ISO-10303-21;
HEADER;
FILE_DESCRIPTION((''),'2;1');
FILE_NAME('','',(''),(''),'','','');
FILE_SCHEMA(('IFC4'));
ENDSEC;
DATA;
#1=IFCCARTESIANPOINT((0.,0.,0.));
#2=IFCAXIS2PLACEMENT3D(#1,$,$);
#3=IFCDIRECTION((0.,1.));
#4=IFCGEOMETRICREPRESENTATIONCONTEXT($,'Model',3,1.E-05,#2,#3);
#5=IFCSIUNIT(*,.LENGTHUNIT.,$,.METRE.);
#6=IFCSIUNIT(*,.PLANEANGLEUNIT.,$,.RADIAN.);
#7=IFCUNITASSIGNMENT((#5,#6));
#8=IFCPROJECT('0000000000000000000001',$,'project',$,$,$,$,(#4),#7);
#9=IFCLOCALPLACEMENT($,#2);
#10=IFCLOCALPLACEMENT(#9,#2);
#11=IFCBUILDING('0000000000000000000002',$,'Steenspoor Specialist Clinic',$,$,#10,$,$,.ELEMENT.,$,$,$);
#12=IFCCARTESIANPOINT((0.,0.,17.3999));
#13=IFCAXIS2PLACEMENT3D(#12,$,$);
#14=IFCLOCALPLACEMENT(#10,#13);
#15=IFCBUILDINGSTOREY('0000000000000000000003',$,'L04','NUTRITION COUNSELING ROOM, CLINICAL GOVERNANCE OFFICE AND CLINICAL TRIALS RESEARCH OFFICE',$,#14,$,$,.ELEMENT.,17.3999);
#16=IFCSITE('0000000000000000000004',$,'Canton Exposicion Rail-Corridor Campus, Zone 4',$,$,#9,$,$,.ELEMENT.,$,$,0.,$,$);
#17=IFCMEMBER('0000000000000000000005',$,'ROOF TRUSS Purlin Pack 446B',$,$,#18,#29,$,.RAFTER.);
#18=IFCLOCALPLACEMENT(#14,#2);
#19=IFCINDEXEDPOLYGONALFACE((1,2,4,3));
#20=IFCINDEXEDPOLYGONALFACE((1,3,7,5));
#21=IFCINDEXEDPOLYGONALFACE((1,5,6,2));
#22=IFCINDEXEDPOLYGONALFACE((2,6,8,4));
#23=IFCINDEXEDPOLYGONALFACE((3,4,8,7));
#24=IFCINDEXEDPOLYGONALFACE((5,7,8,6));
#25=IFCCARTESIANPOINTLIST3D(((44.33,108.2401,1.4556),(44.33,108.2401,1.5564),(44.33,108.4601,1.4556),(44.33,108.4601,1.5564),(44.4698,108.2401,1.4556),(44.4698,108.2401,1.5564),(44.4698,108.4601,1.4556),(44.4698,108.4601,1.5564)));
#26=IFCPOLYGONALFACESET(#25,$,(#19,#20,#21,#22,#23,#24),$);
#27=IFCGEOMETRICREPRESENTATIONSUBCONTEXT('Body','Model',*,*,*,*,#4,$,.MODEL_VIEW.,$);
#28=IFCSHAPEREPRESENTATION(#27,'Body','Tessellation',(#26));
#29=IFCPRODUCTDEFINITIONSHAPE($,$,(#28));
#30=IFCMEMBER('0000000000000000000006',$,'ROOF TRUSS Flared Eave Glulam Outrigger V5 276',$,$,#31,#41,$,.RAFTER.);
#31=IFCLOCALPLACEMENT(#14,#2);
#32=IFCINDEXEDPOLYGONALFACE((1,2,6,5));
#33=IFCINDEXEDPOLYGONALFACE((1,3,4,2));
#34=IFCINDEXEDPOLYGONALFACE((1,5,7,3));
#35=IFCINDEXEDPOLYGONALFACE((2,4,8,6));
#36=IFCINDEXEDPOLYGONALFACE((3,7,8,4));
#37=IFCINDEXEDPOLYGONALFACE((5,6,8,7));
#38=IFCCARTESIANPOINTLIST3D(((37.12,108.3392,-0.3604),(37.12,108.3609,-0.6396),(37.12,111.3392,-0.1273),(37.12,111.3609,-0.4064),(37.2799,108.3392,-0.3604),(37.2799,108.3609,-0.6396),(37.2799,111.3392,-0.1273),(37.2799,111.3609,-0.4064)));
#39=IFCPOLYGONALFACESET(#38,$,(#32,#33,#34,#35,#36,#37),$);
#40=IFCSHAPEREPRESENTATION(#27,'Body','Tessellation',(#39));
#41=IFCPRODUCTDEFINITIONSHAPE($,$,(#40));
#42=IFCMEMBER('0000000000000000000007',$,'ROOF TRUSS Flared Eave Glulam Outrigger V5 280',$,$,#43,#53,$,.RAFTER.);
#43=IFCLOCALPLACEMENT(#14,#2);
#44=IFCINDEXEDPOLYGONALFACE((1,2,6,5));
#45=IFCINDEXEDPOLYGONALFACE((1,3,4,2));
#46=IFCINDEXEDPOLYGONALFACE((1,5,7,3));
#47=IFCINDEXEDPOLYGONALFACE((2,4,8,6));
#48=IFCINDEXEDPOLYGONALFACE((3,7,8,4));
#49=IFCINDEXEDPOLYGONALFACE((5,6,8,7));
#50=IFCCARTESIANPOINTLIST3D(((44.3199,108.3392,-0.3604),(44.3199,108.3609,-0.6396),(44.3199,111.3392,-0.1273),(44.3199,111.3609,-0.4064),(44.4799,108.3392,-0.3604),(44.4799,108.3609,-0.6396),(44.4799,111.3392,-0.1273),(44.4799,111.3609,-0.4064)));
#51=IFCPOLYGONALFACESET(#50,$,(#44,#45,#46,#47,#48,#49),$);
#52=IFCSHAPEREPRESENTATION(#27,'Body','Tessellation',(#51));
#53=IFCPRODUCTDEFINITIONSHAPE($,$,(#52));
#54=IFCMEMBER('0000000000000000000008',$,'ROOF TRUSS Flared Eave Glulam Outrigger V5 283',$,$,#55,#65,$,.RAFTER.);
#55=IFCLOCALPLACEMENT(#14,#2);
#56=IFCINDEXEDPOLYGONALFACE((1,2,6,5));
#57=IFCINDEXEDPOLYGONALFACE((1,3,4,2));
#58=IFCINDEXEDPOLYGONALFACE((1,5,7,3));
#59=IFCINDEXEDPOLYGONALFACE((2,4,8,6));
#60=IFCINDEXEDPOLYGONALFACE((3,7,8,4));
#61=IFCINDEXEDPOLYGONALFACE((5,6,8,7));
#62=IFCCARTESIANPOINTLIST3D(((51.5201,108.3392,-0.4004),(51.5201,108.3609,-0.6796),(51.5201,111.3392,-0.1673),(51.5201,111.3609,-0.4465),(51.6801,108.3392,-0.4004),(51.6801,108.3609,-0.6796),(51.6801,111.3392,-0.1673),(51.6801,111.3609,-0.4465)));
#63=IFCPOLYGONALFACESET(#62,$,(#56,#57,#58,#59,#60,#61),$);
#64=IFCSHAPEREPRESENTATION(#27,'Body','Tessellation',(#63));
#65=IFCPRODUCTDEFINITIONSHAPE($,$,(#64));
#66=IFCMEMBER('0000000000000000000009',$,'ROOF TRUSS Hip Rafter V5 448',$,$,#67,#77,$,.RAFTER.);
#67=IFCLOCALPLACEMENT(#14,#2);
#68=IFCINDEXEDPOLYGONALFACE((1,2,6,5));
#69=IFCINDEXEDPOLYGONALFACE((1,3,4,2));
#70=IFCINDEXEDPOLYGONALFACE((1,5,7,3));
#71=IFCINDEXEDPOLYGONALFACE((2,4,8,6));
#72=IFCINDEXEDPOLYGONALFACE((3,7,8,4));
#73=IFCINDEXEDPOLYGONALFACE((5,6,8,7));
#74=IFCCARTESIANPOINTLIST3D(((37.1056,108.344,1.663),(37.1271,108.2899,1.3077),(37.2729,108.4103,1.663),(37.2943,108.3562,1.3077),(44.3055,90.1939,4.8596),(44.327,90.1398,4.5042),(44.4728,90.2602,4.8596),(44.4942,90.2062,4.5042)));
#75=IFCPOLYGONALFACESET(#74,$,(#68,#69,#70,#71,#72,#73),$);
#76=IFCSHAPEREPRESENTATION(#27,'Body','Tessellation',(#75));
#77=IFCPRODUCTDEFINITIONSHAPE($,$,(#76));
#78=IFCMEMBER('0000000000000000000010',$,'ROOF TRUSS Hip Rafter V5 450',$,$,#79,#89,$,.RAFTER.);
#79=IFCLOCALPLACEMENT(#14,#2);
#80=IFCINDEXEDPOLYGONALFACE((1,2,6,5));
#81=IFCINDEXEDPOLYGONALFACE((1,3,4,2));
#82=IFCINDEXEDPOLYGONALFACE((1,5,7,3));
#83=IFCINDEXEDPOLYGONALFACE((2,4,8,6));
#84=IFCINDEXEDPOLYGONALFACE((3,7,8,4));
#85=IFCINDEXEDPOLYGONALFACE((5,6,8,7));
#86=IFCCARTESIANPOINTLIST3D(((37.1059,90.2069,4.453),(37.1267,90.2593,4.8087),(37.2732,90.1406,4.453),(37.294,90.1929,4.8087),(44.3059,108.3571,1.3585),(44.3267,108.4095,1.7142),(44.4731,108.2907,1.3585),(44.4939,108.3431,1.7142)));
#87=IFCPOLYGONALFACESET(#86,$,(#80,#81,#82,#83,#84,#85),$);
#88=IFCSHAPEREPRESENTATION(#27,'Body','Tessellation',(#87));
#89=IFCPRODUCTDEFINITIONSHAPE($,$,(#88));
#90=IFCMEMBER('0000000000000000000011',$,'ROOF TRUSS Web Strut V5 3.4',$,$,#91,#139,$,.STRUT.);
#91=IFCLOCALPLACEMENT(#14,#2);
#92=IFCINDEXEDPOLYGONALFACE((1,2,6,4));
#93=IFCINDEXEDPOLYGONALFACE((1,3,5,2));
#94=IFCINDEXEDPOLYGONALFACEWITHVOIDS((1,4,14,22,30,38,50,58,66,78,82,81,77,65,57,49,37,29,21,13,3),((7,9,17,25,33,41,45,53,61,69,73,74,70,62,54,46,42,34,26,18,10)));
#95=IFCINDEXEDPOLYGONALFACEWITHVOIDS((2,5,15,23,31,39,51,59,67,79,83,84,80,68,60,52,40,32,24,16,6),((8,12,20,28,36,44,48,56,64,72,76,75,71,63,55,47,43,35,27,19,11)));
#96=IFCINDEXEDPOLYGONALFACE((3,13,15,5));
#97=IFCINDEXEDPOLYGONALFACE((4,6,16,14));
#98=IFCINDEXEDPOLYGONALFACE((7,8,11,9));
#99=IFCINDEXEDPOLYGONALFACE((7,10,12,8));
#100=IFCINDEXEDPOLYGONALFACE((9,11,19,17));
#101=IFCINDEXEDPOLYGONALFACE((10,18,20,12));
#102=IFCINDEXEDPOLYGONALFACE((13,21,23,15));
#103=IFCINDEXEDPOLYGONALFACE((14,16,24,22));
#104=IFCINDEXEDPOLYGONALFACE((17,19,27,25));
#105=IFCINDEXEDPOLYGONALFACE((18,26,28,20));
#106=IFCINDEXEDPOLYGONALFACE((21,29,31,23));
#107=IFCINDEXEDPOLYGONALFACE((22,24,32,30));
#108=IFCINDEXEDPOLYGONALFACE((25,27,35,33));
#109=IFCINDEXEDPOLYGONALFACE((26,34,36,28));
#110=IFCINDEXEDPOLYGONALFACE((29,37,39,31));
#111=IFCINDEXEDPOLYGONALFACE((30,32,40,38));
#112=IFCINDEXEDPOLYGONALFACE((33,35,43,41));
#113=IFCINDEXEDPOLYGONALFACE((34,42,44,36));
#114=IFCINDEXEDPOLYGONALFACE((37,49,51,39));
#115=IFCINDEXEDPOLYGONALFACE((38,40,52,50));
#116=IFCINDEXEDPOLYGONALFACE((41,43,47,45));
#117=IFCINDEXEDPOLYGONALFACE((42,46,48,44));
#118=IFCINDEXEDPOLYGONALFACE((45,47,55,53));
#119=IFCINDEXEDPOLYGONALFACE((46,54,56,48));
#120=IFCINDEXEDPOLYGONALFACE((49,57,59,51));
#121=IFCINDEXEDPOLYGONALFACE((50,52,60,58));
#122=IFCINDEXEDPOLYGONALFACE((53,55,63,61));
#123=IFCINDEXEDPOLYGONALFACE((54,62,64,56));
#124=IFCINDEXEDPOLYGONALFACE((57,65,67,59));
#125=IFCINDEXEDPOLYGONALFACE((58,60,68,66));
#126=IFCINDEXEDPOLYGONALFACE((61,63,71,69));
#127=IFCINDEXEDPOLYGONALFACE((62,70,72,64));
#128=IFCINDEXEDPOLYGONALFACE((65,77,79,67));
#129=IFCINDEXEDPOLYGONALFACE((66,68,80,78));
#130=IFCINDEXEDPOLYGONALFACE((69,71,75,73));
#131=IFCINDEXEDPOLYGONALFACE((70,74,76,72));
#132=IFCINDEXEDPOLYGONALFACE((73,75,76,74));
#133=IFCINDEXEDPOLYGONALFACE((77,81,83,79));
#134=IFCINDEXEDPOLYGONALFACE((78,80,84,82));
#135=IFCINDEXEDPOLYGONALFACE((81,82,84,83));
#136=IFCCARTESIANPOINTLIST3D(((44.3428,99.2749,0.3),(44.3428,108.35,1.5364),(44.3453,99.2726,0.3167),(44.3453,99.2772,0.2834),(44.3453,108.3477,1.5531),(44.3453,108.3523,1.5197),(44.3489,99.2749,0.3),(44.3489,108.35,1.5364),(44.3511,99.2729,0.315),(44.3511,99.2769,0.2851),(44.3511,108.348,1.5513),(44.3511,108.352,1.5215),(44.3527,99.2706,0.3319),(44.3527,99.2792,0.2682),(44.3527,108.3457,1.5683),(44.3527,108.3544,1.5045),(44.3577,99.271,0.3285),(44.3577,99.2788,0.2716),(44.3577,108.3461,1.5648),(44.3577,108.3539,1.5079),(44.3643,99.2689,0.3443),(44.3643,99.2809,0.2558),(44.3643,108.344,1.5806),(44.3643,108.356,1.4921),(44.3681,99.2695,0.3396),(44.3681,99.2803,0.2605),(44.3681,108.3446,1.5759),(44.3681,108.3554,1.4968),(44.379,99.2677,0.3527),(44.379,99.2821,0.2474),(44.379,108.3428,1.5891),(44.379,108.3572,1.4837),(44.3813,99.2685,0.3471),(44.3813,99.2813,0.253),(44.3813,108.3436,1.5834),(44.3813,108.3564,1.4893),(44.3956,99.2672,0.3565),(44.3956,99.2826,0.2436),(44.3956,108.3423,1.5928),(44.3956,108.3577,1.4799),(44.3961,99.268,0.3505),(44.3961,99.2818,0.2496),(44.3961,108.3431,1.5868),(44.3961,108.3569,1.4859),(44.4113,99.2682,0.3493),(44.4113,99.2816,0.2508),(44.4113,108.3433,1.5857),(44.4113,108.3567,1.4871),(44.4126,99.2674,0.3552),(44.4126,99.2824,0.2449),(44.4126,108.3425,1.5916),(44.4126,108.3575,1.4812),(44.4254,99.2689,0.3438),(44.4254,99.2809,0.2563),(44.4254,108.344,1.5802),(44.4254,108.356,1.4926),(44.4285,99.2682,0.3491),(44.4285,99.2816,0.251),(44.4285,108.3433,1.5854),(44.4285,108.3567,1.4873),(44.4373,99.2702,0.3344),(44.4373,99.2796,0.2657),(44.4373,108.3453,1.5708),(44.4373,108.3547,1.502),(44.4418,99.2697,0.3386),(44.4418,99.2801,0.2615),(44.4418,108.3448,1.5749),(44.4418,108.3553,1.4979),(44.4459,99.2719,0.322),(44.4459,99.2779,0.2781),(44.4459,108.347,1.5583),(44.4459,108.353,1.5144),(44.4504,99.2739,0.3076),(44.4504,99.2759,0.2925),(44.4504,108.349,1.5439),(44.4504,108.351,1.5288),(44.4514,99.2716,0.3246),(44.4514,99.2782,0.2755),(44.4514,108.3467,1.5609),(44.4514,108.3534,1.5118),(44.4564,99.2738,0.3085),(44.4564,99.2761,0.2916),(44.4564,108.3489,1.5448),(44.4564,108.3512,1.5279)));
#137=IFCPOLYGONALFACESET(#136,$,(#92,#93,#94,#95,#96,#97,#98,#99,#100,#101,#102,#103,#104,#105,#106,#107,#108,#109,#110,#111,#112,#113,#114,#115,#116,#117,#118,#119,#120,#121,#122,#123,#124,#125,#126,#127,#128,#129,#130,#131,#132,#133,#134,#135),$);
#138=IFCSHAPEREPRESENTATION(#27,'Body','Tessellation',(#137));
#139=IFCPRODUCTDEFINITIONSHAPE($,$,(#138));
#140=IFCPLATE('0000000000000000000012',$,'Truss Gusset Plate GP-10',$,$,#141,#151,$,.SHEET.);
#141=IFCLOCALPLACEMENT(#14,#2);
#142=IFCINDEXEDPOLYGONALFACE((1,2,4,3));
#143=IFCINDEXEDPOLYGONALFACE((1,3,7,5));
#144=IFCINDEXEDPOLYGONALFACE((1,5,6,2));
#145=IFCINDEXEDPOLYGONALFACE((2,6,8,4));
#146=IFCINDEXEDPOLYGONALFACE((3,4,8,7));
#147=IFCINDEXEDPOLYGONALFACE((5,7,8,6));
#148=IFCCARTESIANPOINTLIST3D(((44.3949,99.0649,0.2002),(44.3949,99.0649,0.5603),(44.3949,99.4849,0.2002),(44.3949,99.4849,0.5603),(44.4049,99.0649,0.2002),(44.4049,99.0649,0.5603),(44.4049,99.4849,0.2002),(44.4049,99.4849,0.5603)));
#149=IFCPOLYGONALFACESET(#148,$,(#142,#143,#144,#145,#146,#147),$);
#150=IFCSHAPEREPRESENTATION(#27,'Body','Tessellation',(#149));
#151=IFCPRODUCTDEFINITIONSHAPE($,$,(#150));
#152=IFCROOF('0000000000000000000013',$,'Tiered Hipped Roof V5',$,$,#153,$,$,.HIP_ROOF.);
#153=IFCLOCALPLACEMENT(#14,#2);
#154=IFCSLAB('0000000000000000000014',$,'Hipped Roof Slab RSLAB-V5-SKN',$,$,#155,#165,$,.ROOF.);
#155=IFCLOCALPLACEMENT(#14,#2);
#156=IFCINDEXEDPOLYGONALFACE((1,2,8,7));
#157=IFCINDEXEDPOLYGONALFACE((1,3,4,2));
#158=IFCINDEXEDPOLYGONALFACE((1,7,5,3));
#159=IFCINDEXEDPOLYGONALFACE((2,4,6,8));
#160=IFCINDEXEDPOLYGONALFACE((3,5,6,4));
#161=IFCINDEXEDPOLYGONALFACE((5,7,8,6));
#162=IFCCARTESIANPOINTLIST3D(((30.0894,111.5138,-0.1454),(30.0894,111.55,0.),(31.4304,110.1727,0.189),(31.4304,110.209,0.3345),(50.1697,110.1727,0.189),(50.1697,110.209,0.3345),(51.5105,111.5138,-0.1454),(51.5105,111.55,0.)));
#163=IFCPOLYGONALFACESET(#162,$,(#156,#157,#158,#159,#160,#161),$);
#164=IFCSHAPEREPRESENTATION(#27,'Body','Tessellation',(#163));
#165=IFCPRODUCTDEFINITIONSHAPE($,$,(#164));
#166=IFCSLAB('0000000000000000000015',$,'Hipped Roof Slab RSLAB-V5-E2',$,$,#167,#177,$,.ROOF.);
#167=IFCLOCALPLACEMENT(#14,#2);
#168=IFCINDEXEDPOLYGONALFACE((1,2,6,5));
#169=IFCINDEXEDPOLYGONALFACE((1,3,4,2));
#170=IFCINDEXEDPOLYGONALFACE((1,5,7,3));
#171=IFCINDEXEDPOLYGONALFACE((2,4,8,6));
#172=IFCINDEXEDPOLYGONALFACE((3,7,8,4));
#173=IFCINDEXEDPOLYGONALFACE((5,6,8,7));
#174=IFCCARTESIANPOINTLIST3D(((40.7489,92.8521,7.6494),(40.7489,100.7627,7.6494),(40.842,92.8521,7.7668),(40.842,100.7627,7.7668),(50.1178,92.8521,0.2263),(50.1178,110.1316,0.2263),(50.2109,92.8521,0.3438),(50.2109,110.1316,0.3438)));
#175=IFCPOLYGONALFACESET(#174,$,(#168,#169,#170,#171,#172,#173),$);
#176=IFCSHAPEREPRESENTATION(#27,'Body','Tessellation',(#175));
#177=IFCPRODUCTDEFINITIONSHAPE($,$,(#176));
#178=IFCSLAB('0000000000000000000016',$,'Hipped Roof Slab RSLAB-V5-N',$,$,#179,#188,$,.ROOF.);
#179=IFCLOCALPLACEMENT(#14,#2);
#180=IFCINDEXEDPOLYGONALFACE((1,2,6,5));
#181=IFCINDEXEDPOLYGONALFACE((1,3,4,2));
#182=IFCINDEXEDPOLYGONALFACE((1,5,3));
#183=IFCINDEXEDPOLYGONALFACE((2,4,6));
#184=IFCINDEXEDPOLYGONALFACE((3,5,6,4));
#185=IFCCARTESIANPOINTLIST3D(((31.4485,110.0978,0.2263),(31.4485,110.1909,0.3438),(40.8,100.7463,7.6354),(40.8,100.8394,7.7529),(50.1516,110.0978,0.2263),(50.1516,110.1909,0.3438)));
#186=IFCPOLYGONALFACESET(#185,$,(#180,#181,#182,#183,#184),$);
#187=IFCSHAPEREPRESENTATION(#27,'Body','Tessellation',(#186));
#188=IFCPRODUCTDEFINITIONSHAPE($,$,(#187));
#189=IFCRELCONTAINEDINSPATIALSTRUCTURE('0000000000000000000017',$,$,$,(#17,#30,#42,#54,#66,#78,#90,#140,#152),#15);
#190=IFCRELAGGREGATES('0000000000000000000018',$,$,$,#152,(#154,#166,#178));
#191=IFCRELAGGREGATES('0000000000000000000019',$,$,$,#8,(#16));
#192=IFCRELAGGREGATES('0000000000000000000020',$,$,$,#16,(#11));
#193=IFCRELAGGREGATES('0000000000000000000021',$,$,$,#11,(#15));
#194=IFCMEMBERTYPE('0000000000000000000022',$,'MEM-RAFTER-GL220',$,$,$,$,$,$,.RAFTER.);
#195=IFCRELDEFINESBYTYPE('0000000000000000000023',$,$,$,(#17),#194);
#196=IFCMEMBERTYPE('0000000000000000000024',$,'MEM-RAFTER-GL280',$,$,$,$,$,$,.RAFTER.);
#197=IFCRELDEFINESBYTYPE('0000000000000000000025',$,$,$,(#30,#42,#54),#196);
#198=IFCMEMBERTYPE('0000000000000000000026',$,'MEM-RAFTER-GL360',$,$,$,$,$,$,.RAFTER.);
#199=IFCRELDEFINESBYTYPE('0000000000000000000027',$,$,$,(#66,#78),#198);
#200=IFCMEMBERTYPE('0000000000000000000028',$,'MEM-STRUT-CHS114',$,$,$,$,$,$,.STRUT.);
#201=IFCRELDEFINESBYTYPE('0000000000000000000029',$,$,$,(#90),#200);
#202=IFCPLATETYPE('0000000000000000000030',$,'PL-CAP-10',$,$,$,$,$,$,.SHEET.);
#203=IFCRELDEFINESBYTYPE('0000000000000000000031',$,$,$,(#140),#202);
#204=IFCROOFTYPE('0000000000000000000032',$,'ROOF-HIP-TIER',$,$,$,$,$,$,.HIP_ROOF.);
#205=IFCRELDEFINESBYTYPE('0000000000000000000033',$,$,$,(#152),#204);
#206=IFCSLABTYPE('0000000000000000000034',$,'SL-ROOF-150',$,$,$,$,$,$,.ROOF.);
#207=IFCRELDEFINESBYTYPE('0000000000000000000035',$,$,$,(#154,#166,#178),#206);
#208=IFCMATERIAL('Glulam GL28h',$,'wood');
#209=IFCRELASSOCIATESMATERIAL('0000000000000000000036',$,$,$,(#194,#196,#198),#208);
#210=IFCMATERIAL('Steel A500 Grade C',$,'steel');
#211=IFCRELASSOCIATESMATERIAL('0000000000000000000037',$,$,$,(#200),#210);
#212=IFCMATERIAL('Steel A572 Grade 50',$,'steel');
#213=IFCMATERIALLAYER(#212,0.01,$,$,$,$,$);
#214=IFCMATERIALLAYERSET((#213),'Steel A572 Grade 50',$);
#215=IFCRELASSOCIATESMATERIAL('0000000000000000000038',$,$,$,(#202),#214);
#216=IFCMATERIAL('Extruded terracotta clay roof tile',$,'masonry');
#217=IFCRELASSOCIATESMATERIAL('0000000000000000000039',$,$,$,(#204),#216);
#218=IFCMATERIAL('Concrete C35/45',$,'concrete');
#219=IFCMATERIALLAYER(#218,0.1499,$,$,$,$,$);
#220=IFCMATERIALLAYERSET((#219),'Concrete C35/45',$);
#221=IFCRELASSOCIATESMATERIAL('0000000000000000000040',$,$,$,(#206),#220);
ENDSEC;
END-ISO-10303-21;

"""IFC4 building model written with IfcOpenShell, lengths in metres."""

from ifc_helpers import new_model, si_unit, direction, frame, origin, origin_2d, place, context, subcontext, project, spatial, polyline, rectangle, hollow_circle, outline, extrude, material, layer, layer_set, material_profile, profile_set, type_object, element, aggregate, save


model = new_model("IFC4")

# Units and contexts
model_context = context("Model", 3, precision=1e-05, world=origin(), true_north=direction((0.0, 1.0)))
body_context = subcontext(model_context, "Body", "Model", "MODEL_VIEW")
ifc_project = project(units=[si_unit("LENGTHUNIT", "METRE"), si_unit("PLANEANGLEUNIT", "RADIAN")], contexts=[model_context])

# Site, building, storey
site_placement = place(None, origin())
site = spatial("IfcSite", under=ifc_project, at=site_placement, Name="Canton Exposicion Rail-Corridor Campus, Zone 4", CompositionType="ELEMENT", RefElevation=0.0)
building_placement = place(site_placement, origin())
building = spatial("IfcBuilding", under=site, at=building_placement, Name="Steenspoor Specialist Clinic", CompositionType="ELEMENT")
storey_placement = place(building_placement, frame((0.0, 0.0, 17.3999)))
storey = spatial("IfcBuildingStorey", under=building, at=storey_placement, Name="L04", Description="NUTRITION COUNSELING ROOM, CLINICAL GOVERNANCE OFFICE AND CLINICAL TRIALS RESEARCH OFFICE", CompositionType="ELEMENT", Elevation=17.3999)

# Members
ifc_material_1 = material(Name="Steel A500 Grade C", Category="steel")
ifc_material_2 = material(Name="Glulam GL28h", Category="wood")
ifc_material_profile_1 = material_profile(ifc_material_2, rectangle(XDim=0.1399, YDim=0.22, at=origin_2d()), Name="GL28H-140X220")
ifc_profile_set_1 = profile_set([ifc_material_profile_1], Name="Glulam GL28h")
member_type_1 = type_object("IfcMemberType", Name="MEM-RAFTER-GL220", PredefinedType="RAFTER", material=ifc_profile_set_1)
member_1_placement = place(storey_placement, frame((44.3999, 108.3501, 1.4556), z_axis=(0.0, 0.0, 1.0), x_axis=(1.0, 0.0, 0.0)))
element("IfcMember", 1, at=member_1_placement, inside=storey, type_object=member_type_1, Name="ROOF TRUSS Purlin Pack 446B", PredefinedType="RAFTER", context=body_context, shape_type="SweptSolid", body=[
    extrude(rectangle(XDim=0.1399, YDim=0.22, at=origin_2d()), origin(), (0.0, 0.0, 1.0), 0.1008),
])
ifc_material_profile_2 = material_profile(ifc_material_2, rectangle(XDim=0.1599, YDim=0.28, at=origin_2d()), Name="GL28H-160X280")
ifc_profile_set_2 = profile_set([ifc_material_profile_2], Name="Glulam GL28h")
member_type_2 = type_object("IfcMemberType", Name="MEM-RAFTER-GL280", PredefinedType="RAFTER", material=ifc_profile_set_2)
for number, where, z_axis, x_axis, name in (
    (2, (37.2, 108.3501, -0.5), (0.0, 0.996994, 0.077484), (-1.0, 0.0, 0.0), "ROOF TRUSS Flared Eave Glulam Outrigger V5 276"),
    (3, (44.3999, 108.3501, -0.5), (0.0, 0.996994, 0.077484), (-1.0, 0.0, 0.0), "ROOF TRUSS Flared Eave Glulam Outrigger V5 280"),
    (4, (51.6001, 108.3501, -0.54), (0.0, 0.996994, 0.077484), (-1.0, 0.0, 0.0), "ROOF TRUSS Flared Eave Glulam Outrigger V5 283"),
):
    element("IfcMember", number, at=place(storey_placement, frame(where, z_axis=z_axis, x_axis=x_axis)), inside=storey, type_object=member_type_2, Name=name, PredefinedType="RAFTER", context=body_context, shape_type="SweptSolid", body=[
        extrude(rectangle(XDim=0.1599, YDim=0.28, at=origin_2d()), origin(), (0.0, 0.0, 1.0), 3.009),
    ])
ifc_material_profile_3 = material_profile(ifc_material_2, rectangle(XDim=0.1799, YDim=0.3601, at=origin_2d()), Name="GL28H-180X360")
ifc_profile_set_3 = profile_set([ifc_material_profile_3], Name="Glulam GL28h")
member_type_3 = type_object("IfcMemberType", Name="MEM-RAFTER-GL360", PredefinedType="RAFTER", material=ifc_profile_set_3)
member_2_placement = place(storey_placement, frame((37.2, 108.3501, 1.4854), z_axis=(0.363892, -0.917324, 0.161555), x_axis=(0.929534, 0.368735, 0.0)))
element("IfcMember", 5, at=member_2_placement, inside=storey, type_object=member_type_3, Name="ROOF TRUSS Hip Rafter V5 448", PredefinedType="RAFTER", context=body_context, shape_type="SweptSolid", body=[
    extrude(rectangle(XDim=0.1799, YDim=0.3601, at=origin_2d()), origin(), (0.0, 0.0, 1.0), 19.7859),
])
member_3_placement = place(storey_placement, frame((44.3999, 108.3501, 1.5364), z_axis=(-0.36419, -0.918077, 0.156526), x_axis=(0.929534, -0.368735, 0.0)))
element("IfcMember", 6, at=member_3_placement, inside=storey, type_object=member_type_3, Name="ROOF TRUSS Hip Rafter V5 450", PredefinedType="RAFTER", context=body_context, shape_type="SweptSolid", body=[
    extrude(rectangle(XDim=0.1799, YDim=0.3601, at=origin_2d()), origin(), (0.0, 0.0, 1.0), 19.7698),
])
ifc_material_profile_4 = material_profile(ifc_material_1, hollow_circle(Radius=0.0571, WallThickness=0.0061, at=origin_2d()), Name="CHS114X6.0")
ifc_profile_set_4 = profile_set([ifc_material_profile_4], Name="Steel A500 Grade C")
member_type_4 = type_object("IfcMemberType", Name="MEM-STRUT-CHS114", PredefinedType="STRUT", material=ifc_profile_set_4)
member_4_placement = place(storey_placement, frame((44.3999, 99.2749, 0.3), z_axis=(0.0, 0.990848, 0.134985), x_axis=(-1.0, 0.0, 0.0)))
element("IfcMember", 7, at=member_4_placement, inside=storey, type_object=member_type_4, Name="ROOF TRUSS Web Strut V5 3.4", PredefinedType="STRUT", context=body_context, shape_type="SweptSolid", body=[
    extrude(hollow_circle(Radius=0.0571, WallThickness=0.0061, at=origin_2d()), origin(), (0.0, 0.0, 1.0), 9.1589),
])

# Plate
ifc_material_3 = material(Name="Steel A572 Grade 50", Category="steel")
ifc_layer_1 = layer(ifc_material_3, 0.01)
ifc_layer_set_1 = layer_set([ifc_layer_1], Name="Steel A572 Grade 50")
plate_type = type_object("IfcPlateType", Name="PL-CAP-10", PredefinedType="SHEET", material=ifc_layer_set_1)
plate_placement = place(storey_placement, frame((44.3999, 99.2749, 0.2002), z_axis=(0.0, 0.0, 1.0), x_axis=(1.0, 0.0, 0.0)))
element("IfcPlate", 8, at=plate_placement, inside=storey, type_object=plate_type, Name="Truss Gusset Plate GP-10", PredefinedType="SHEET", context=body_context, shape_type="SweptSolid", body=[
    extrude(rectangle(XDim=0.01, YDim=0.4199, at=origin_2d()), origin(), (0.0, 0.0, 1.0), 0.3601),
])

# Roof, slabs
ifc_material_4 = material(Name="Extruded terracotta clay roof tile", Category="masonry")
roof_type = type_object("IfcRoofType", Name="ROOF-HIP-TIER", PredefinedType="HIP_ROOF", material=ifc_material_4)
roof_placement = place(storey_placement, origin())
roof = element("IfcRoof", 9, at=roof_placement, inside=storey, type_object=roof_type, Name="Tiered Hipped Roof V5", PredefinedType="HIP_ROOF")
ifc_material_5 = material(Name="Concrete C35/45", Category="concrete")
ifc_layer_2 = layer(ifc_material_5, 0.1499)
ifc_layer_set_2 = layer_set([ifc_layer_2], Name="Concrete C35/45")
slab_type = type_object("IfcSlabType", Name="SL-ROOF-150", PredefinedType="ROOF", material=ifc_layer_set_2)
slab_1_placement = place(storey_placement, frame((50.1697, 110.209, 0.3345), z_axis=(0.0, 0.241995, 0.970277), x_axis=(0.696295, 0.696422, -0.173693)))
slab_1 = element("IfcSlab", 10, at=slab_1_placement, type_object=slab_type, Name="Hipped Roof Slab RSLAB-V5-SKN", PredefinedType="ROOF", context=body_context, shape_type="SweptSolid", body=[
    extrude(outline(polyline([(0.0, 0.0), (1.9256, 0.0), (-12.9898, 15.3751), (-13.0481, 13.4502), (0.0, 0.0)])), origin(), (0.0, 0.0, -1.0), 0.1499),
])
slab_2_placement = place(storey_placement, frame((40.842, 100.7627, 7.7668), z_axis=(0.621014, 0.0, 0.783799), x_axis=(0.0, -1.0, 0.0)))
slab_2 = element("IfcSlab", 11, at=slab_2_placement, type_object=slab_type, Name="Hipped Roof Slab RSLAB-V5-E2", PredefinedType="ROOF", context=body_context, shape_type="SweptSolid", body=[
    extrude(outline(polyline([(0.0, 0.0), (7.9106, 0.0), (7.9106, 11.9532), (-9.3689, 11.9532), (0.0, 0.0)])), origin(), (0.0, 0.0, -1.0), 0.1499),
])
slab_3_placement = place(storey_placement, frame((40.8, 100.8394, 7.7529), z_axis=(0.0, 0.621005, 0.783807), x_axis=(0.616893, 0.616893, -0.48876)))
slab_3 = element("IfcSlab", 12, at=slab_3_placement, type_object=slab_type, Name="Hipped Roof Slab RSLAB-V5-N", PredefinedType="ROOF", context=body_context, shape_type="SweptSolid", body=[
    extrude(outline(polyline([(0.0, 0.0), (15.1591, 0.0), (3.6213, 14.7202), (0.0, 0.0)])), origin(), (0.0, 0.0, -1.0), 0.1499),
])
aggregate(roof, [slab_1, slab_2, slab_3])

save(model, "model.ifc")
